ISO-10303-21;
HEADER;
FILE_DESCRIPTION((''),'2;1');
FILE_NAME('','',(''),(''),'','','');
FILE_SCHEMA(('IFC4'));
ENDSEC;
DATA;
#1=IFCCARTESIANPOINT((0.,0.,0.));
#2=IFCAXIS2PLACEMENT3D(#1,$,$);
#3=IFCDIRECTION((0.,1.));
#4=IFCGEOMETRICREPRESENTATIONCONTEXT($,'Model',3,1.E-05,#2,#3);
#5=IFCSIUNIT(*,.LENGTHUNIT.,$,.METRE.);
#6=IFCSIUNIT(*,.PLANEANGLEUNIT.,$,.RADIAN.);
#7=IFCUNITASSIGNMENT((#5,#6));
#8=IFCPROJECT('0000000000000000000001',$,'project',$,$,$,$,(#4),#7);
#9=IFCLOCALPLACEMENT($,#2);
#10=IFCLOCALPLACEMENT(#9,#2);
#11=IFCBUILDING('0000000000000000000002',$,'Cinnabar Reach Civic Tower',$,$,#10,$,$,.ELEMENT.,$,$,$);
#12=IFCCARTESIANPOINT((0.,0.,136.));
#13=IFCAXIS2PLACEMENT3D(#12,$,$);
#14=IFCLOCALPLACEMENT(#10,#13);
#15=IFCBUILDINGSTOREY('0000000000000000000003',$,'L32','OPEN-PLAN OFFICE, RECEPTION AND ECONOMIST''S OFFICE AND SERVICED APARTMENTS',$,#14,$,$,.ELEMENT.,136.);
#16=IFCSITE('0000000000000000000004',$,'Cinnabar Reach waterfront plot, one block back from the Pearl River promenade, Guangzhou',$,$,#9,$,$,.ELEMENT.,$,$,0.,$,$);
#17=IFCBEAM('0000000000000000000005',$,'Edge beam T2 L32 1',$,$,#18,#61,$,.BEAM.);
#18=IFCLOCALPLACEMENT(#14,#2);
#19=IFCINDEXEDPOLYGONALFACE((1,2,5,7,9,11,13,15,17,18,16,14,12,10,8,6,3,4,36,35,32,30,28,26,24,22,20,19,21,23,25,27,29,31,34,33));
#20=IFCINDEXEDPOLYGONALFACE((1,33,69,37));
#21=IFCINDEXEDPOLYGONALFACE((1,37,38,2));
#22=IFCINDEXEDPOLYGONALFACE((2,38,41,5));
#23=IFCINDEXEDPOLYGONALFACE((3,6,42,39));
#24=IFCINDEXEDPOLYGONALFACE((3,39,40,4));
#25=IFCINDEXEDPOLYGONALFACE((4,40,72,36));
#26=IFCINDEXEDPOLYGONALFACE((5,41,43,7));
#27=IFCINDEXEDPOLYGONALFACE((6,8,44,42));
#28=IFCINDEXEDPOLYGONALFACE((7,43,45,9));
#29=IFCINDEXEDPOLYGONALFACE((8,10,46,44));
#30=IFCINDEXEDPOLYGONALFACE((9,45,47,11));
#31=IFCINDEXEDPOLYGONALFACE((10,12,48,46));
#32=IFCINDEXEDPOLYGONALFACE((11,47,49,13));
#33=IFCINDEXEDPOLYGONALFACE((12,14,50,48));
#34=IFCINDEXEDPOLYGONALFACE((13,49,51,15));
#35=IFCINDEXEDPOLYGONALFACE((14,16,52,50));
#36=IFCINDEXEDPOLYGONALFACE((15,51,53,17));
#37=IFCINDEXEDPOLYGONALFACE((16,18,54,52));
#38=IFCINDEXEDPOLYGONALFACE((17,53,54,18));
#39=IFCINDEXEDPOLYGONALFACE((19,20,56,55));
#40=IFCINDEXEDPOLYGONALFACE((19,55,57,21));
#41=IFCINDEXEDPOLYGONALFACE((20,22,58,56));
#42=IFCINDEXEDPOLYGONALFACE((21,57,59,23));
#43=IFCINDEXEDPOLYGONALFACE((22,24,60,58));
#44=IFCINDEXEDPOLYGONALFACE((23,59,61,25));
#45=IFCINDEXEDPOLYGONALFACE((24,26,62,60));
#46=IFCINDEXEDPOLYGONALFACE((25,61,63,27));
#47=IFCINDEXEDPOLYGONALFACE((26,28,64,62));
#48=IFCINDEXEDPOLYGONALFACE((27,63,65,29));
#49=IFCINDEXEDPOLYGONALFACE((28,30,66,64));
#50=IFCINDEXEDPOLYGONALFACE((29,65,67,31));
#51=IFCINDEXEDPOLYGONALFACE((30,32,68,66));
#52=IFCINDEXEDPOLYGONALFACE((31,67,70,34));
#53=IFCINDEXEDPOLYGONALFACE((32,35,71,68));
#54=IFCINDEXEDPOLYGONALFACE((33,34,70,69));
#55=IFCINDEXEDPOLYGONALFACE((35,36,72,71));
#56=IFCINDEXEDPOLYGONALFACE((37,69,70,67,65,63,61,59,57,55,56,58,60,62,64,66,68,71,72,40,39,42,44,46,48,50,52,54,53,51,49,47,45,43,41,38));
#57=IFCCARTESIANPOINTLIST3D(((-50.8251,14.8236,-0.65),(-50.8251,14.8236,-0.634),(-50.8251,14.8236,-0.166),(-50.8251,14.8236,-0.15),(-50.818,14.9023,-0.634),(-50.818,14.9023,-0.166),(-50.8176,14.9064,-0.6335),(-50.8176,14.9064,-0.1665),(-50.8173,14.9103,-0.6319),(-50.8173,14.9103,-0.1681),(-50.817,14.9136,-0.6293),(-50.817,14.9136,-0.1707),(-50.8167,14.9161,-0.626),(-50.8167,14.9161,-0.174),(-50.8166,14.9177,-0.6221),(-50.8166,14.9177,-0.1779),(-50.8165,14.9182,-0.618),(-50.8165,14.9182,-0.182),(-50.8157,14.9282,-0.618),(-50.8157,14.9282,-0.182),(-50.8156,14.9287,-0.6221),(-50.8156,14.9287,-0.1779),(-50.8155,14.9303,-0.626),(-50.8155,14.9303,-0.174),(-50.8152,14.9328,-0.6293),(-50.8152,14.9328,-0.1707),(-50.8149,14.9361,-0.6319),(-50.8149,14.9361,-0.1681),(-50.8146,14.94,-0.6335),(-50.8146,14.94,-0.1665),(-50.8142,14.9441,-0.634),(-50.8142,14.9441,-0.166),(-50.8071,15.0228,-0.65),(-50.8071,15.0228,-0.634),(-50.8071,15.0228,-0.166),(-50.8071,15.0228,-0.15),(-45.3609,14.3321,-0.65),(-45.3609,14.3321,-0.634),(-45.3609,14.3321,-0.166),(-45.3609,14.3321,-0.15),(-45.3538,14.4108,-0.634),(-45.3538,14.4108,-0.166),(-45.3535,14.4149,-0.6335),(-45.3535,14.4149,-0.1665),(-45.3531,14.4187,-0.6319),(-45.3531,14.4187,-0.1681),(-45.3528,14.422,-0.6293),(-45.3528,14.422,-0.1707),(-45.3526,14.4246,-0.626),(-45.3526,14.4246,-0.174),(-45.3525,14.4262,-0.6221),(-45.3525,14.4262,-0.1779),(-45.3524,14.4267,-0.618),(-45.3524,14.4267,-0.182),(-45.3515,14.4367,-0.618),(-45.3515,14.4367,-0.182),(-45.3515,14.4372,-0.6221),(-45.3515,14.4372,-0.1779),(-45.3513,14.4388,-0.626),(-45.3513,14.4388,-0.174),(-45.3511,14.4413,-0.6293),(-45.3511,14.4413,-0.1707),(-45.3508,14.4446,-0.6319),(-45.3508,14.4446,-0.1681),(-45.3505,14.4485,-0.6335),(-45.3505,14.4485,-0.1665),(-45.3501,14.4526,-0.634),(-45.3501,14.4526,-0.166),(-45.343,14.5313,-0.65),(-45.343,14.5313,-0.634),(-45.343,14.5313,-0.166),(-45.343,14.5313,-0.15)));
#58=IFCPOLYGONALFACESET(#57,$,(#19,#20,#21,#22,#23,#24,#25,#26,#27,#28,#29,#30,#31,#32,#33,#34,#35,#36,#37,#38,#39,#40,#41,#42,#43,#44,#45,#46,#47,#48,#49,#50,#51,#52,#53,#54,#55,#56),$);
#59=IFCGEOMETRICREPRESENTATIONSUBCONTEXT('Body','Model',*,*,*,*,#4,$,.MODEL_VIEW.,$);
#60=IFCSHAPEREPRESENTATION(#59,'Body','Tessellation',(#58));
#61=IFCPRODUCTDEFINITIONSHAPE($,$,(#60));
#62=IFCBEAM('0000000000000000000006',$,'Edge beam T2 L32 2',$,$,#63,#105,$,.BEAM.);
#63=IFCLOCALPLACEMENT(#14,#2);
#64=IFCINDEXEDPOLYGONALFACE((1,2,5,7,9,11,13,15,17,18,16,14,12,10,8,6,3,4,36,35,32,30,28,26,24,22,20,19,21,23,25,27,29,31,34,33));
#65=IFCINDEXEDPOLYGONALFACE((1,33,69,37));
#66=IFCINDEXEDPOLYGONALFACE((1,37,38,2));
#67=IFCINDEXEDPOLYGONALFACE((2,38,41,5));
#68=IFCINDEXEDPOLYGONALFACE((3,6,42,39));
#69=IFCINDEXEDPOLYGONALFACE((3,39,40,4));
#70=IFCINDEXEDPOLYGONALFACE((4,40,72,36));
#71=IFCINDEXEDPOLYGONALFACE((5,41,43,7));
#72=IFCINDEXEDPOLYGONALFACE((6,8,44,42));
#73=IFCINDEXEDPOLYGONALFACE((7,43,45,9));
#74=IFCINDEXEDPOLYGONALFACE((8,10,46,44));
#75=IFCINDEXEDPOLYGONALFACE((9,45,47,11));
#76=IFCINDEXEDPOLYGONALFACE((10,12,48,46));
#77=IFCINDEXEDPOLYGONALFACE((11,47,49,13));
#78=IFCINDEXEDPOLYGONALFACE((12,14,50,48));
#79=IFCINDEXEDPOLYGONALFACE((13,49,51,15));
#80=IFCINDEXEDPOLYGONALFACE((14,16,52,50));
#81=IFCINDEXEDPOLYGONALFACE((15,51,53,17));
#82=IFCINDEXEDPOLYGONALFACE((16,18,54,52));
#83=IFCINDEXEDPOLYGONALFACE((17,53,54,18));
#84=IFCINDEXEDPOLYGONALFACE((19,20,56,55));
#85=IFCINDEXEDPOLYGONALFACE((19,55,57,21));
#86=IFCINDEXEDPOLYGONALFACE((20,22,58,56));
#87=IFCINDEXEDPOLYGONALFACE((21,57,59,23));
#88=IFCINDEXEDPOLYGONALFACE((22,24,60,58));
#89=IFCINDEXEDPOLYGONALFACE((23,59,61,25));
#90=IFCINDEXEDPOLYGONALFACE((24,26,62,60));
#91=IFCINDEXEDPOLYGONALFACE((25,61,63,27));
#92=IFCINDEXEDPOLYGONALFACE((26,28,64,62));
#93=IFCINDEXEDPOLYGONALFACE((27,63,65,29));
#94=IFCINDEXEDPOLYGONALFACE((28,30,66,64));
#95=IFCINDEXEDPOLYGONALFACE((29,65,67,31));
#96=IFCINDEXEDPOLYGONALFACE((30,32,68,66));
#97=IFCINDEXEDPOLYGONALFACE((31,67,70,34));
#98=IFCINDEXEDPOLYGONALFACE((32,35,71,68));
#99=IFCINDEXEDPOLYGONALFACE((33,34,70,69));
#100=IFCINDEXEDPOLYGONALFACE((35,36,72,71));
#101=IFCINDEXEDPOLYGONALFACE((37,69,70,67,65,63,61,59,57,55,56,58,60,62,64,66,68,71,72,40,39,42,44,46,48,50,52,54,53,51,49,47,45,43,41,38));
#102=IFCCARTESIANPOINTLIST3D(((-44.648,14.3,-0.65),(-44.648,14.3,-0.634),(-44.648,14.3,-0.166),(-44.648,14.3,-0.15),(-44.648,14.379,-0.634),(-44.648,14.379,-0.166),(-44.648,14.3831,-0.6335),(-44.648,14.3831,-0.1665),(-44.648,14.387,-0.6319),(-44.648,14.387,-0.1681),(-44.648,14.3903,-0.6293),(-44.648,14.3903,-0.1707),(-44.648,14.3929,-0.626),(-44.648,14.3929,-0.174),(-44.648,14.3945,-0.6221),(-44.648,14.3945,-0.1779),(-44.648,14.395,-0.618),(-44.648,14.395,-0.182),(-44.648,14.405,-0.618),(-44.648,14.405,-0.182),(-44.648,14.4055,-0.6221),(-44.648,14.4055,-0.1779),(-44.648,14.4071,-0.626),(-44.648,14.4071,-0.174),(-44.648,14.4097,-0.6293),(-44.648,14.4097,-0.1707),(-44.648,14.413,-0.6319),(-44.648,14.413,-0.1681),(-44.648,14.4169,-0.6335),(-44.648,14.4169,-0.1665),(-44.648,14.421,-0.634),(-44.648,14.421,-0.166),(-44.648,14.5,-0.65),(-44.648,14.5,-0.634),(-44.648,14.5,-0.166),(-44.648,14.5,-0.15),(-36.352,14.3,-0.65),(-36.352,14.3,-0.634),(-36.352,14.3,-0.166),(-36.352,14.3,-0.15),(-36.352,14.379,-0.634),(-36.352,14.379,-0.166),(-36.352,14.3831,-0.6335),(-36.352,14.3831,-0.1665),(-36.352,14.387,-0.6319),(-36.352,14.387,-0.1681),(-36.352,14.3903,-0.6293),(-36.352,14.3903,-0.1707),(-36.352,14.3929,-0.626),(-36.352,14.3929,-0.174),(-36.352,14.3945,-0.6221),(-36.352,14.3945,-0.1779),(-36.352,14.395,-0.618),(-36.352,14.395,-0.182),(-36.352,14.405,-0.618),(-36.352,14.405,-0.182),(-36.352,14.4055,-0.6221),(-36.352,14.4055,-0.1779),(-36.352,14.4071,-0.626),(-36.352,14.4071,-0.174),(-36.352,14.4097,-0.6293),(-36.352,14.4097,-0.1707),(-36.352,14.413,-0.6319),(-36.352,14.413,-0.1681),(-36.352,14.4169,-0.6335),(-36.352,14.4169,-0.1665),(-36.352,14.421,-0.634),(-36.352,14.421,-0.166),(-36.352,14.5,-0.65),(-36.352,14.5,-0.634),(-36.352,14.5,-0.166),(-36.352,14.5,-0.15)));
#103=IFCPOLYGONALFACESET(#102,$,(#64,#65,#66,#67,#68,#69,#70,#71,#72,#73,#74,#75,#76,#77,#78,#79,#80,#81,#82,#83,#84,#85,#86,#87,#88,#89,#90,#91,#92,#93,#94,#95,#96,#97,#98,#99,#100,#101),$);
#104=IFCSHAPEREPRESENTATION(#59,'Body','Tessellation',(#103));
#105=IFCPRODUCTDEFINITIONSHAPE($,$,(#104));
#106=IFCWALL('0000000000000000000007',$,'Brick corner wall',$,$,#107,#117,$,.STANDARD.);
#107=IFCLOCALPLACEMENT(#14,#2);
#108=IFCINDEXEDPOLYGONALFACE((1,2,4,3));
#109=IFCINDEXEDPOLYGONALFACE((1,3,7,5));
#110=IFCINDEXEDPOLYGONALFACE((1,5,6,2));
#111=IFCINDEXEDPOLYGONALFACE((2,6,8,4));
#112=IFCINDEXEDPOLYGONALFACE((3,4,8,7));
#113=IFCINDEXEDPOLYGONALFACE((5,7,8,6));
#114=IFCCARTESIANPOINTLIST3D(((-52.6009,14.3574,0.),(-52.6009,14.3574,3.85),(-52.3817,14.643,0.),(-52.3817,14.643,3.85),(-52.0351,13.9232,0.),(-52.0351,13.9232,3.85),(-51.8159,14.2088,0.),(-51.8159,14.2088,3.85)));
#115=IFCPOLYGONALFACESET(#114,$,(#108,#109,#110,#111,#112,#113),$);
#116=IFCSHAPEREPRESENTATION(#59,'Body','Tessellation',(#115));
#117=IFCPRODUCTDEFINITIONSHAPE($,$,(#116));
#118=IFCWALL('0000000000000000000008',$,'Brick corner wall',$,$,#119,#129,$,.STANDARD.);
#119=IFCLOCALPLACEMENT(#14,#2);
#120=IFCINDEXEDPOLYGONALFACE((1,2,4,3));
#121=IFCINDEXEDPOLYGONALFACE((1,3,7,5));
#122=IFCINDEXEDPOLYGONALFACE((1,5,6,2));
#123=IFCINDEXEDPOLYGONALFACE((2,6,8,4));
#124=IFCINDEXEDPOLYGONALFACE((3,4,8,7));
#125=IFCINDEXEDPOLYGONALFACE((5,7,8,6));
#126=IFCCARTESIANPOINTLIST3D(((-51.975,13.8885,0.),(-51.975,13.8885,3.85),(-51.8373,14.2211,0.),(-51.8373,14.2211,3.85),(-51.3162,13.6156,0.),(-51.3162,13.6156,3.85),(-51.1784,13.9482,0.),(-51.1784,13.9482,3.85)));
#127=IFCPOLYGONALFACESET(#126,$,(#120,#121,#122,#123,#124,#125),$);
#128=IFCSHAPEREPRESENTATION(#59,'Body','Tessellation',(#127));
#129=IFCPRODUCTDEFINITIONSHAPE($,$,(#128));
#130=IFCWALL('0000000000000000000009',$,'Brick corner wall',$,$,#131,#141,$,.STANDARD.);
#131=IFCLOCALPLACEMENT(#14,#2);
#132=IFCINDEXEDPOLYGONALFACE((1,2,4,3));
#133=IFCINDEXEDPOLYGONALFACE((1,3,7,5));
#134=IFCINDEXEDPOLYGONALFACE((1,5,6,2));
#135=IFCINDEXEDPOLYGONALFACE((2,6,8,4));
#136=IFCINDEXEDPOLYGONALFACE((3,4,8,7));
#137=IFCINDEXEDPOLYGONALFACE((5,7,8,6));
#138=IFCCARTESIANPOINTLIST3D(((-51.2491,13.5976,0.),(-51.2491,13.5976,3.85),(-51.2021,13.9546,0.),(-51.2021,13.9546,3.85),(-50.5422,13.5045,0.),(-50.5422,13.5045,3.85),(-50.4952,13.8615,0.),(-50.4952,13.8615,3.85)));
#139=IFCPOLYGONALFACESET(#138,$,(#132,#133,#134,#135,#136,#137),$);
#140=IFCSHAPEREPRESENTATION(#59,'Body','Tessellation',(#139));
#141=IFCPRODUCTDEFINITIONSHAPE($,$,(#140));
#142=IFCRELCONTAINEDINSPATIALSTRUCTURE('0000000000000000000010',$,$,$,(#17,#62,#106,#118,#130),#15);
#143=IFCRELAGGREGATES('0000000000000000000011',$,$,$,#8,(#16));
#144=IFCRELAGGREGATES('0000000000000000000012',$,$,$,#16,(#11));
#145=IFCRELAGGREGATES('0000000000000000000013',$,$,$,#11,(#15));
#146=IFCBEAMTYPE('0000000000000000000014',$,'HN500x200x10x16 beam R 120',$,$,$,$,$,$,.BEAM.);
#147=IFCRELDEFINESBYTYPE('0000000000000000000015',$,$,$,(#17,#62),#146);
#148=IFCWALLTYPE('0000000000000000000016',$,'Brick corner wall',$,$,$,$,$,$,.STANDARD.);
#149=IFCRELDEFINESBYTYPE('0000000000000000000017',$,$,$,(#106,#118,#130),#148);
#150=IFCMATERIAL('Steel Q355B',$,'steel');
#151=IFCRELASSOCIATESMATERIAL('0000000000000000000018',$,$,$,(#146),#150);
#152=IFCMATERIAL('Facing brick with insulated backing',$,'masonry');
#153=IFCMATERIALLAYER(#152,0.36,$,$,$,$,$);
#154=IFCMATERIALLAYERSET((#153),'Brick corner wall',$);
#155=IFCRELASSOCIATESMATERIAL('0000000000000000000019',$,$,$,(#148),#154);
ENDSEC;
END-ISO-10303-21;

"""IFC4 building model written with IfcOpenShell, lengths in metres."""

from ifc_helpers import new_model, si_unit, direction, frame, frame_2d, origin, origin_2d, place, context, subcontext, project, spatial, rectangle, i_section, extrude, material, layer, layer_set, material_profile, profile_set, type_object, element, save


model = new_model("IFC4")

# Units and contexts
model_context = context("Model", 3, precision=1e-05, world=origin(), true_north=direction((0.0, 1.0)))
body_context = subcontext(model_context, "Body", "Model", "MODEL_VIEW")
ifc_project = project(units=[si_unit("LENGTHUNIT", "METRE"), si_unit("PLANEANGLEUNIT", "RADIAN")], contexts=[model_context])

# Site, building, storey
site_placement = place(None, origin())
site = spatial("IfcSite", under=ifc_project, at=site_placement, Name="Cinnabar Reach waterfront plot, one block back from the Pearl River promenade, Guangzhou", CompositionType="ELEMENT", RefElevation=0.0)
building_placement = place(site_placement, origin())
building = spatial("IfcBuilding", under=site, at=building_placement, Name="Cinnabar Reach Civic Tower", CompositionType="ELEMENT")
storey_placement = place(building_placement, frame((0.0, 0.0, 136.0)))
storey = spatial("IfcBuildingStorey", under=building, at=storey_placement, Name="L32", Description="OPEN-PLAN OFFICE, RECEPTION AND ECONOMIST'S OFFICE AND SERVICED APARTMENTS", CompositionType="ELEMENT", Elevation=136.0)

# Beams
ifc_material_1 = material(Name="Steel Q355B", Category="steel")
ifc_material_profile_1 = material_profile(ifc_material_1, i_section(OverallWidth=0.2, OverallDepth=0.5, WebThickness=0.01, FlangeThickness=0.016, FilletRadius=0.016, at=origin_2d()), Name="HN500x200x10x16")
ifc_profile_set_1 = profile_set([ifc_material_profile_1], Name="Steel Q355B")
beam_type_1 = type_object("IfcBeamType", Name="HN500x200x10x16 beam R 120", PredefinedType="BEAM", material=ifc_profile_set_1)
beam_1_placement = place(storey_placement, frame((-50.8161, 14.9232, -0.4), z_axis=(0.995979, -0.089589, 0.0), x_axis=(0.089589, 0.995979, 0.0)))
element("IfcBeam", 1, at=beam_1_placement, inside=storey, type_object=beam_type_1, Name="Edge beam T2 L32 1", PredefinedType="BEAM", context=body_context, shape_type="SweptSolid", body=[
    extrude(i_section(OverallWidth=0.2, OverallDepth=0.5, WebThickness=0.01, FlangeThickness=0.016, FilletRadius=0.016, at=origin_2d()), origin(), (0.0, 0.0, 1.0), 5.4862),
])
beam_2_placement = place(storey_placement, frame((-44.648, 14.4, -0.4), z_axis=(1.0, 0.0, 0.0), x_axis=(0.0, 1.0, 0.0)))
element("IfcBeam", 2, at=beam_2_placement, inside=storey, type_object=beam_type_1, Name="Edge beam T2 L32 2", PredefinedType="BEAM", context=body_context, shape_type="SweptSolid", body=[
    extrude(i_section(OverallWidth=0.2, OverallDepth=0.5, WebThickness=0.01, FlangeThickness=0.016, FilletRadius=0.016, at=origin_2d()), origin(), (0.0, 0.0, 1.0), 8.296),
])

# Walls
ifc_material_2 = material(Name="Facing brick with insulated backing", Category="masonry")
ifc_layer_1 = layer(ifc_material_2, 0.36)
ifc_layer_set_1 = layer_set([ifc_layer_1], Name="Brick corner wall")
wall_type_1 = type_object("IfcWallType", Name="Brick corner wall", PredefinedType="STANDARD", material=ifc_layer_set_1)
wall_1_placement = place(storey_placement, frame((-52.4913, 14.5002, 0.0), z_axis=(0.0, 0.0, 1.0), x_axis=(0.793322, -0.608802, 0.0)))
element("IfcWall", 3, at=wall_1_placement, inside=storey, type_object=wall_type_1, Name="Brick corner wall", PredefinedType="STANDARD", context=body_context, shape_type="SweptSolid", body=[
    extrude(rectangle(XDim=0.7132, YDim=0.36, at=frame_2d((0.3566, 0.0))), origin(), (0.0, 0.0, 1.0), 3.85),
])
for number, where, z_axis, x_axis, name in (
    (4, (-51.9061, 14.0548, 0.0), (0.0, 0.0, 1.0), (0.923872, -0.382703, 0.0), "Brick corner wall"),
    (5, (-51.2256, 13.7761, 0.0), (0.0, 0.0, 1.0), (0.991441, -0.130556, 0.0), "Brick corner wall"),
):
    element("IfcWall", number, at=place(storey_placement, frame(where, z_axis=z_axis, x_axis=x_axis)), inside=storey, type_object=wall_type_1, Name=name, PredefinedType="STANDARD", context=body_context, shape_type="SweptSolid", body=[
        extrude(rectangle(XDim=0.7131, YDim=0.36, at=frame_2d((0.3565, 0.0))), origin(), (0.0, 0.0, 1.0), 3.85),
    ])

save(model, "model.ifc")
